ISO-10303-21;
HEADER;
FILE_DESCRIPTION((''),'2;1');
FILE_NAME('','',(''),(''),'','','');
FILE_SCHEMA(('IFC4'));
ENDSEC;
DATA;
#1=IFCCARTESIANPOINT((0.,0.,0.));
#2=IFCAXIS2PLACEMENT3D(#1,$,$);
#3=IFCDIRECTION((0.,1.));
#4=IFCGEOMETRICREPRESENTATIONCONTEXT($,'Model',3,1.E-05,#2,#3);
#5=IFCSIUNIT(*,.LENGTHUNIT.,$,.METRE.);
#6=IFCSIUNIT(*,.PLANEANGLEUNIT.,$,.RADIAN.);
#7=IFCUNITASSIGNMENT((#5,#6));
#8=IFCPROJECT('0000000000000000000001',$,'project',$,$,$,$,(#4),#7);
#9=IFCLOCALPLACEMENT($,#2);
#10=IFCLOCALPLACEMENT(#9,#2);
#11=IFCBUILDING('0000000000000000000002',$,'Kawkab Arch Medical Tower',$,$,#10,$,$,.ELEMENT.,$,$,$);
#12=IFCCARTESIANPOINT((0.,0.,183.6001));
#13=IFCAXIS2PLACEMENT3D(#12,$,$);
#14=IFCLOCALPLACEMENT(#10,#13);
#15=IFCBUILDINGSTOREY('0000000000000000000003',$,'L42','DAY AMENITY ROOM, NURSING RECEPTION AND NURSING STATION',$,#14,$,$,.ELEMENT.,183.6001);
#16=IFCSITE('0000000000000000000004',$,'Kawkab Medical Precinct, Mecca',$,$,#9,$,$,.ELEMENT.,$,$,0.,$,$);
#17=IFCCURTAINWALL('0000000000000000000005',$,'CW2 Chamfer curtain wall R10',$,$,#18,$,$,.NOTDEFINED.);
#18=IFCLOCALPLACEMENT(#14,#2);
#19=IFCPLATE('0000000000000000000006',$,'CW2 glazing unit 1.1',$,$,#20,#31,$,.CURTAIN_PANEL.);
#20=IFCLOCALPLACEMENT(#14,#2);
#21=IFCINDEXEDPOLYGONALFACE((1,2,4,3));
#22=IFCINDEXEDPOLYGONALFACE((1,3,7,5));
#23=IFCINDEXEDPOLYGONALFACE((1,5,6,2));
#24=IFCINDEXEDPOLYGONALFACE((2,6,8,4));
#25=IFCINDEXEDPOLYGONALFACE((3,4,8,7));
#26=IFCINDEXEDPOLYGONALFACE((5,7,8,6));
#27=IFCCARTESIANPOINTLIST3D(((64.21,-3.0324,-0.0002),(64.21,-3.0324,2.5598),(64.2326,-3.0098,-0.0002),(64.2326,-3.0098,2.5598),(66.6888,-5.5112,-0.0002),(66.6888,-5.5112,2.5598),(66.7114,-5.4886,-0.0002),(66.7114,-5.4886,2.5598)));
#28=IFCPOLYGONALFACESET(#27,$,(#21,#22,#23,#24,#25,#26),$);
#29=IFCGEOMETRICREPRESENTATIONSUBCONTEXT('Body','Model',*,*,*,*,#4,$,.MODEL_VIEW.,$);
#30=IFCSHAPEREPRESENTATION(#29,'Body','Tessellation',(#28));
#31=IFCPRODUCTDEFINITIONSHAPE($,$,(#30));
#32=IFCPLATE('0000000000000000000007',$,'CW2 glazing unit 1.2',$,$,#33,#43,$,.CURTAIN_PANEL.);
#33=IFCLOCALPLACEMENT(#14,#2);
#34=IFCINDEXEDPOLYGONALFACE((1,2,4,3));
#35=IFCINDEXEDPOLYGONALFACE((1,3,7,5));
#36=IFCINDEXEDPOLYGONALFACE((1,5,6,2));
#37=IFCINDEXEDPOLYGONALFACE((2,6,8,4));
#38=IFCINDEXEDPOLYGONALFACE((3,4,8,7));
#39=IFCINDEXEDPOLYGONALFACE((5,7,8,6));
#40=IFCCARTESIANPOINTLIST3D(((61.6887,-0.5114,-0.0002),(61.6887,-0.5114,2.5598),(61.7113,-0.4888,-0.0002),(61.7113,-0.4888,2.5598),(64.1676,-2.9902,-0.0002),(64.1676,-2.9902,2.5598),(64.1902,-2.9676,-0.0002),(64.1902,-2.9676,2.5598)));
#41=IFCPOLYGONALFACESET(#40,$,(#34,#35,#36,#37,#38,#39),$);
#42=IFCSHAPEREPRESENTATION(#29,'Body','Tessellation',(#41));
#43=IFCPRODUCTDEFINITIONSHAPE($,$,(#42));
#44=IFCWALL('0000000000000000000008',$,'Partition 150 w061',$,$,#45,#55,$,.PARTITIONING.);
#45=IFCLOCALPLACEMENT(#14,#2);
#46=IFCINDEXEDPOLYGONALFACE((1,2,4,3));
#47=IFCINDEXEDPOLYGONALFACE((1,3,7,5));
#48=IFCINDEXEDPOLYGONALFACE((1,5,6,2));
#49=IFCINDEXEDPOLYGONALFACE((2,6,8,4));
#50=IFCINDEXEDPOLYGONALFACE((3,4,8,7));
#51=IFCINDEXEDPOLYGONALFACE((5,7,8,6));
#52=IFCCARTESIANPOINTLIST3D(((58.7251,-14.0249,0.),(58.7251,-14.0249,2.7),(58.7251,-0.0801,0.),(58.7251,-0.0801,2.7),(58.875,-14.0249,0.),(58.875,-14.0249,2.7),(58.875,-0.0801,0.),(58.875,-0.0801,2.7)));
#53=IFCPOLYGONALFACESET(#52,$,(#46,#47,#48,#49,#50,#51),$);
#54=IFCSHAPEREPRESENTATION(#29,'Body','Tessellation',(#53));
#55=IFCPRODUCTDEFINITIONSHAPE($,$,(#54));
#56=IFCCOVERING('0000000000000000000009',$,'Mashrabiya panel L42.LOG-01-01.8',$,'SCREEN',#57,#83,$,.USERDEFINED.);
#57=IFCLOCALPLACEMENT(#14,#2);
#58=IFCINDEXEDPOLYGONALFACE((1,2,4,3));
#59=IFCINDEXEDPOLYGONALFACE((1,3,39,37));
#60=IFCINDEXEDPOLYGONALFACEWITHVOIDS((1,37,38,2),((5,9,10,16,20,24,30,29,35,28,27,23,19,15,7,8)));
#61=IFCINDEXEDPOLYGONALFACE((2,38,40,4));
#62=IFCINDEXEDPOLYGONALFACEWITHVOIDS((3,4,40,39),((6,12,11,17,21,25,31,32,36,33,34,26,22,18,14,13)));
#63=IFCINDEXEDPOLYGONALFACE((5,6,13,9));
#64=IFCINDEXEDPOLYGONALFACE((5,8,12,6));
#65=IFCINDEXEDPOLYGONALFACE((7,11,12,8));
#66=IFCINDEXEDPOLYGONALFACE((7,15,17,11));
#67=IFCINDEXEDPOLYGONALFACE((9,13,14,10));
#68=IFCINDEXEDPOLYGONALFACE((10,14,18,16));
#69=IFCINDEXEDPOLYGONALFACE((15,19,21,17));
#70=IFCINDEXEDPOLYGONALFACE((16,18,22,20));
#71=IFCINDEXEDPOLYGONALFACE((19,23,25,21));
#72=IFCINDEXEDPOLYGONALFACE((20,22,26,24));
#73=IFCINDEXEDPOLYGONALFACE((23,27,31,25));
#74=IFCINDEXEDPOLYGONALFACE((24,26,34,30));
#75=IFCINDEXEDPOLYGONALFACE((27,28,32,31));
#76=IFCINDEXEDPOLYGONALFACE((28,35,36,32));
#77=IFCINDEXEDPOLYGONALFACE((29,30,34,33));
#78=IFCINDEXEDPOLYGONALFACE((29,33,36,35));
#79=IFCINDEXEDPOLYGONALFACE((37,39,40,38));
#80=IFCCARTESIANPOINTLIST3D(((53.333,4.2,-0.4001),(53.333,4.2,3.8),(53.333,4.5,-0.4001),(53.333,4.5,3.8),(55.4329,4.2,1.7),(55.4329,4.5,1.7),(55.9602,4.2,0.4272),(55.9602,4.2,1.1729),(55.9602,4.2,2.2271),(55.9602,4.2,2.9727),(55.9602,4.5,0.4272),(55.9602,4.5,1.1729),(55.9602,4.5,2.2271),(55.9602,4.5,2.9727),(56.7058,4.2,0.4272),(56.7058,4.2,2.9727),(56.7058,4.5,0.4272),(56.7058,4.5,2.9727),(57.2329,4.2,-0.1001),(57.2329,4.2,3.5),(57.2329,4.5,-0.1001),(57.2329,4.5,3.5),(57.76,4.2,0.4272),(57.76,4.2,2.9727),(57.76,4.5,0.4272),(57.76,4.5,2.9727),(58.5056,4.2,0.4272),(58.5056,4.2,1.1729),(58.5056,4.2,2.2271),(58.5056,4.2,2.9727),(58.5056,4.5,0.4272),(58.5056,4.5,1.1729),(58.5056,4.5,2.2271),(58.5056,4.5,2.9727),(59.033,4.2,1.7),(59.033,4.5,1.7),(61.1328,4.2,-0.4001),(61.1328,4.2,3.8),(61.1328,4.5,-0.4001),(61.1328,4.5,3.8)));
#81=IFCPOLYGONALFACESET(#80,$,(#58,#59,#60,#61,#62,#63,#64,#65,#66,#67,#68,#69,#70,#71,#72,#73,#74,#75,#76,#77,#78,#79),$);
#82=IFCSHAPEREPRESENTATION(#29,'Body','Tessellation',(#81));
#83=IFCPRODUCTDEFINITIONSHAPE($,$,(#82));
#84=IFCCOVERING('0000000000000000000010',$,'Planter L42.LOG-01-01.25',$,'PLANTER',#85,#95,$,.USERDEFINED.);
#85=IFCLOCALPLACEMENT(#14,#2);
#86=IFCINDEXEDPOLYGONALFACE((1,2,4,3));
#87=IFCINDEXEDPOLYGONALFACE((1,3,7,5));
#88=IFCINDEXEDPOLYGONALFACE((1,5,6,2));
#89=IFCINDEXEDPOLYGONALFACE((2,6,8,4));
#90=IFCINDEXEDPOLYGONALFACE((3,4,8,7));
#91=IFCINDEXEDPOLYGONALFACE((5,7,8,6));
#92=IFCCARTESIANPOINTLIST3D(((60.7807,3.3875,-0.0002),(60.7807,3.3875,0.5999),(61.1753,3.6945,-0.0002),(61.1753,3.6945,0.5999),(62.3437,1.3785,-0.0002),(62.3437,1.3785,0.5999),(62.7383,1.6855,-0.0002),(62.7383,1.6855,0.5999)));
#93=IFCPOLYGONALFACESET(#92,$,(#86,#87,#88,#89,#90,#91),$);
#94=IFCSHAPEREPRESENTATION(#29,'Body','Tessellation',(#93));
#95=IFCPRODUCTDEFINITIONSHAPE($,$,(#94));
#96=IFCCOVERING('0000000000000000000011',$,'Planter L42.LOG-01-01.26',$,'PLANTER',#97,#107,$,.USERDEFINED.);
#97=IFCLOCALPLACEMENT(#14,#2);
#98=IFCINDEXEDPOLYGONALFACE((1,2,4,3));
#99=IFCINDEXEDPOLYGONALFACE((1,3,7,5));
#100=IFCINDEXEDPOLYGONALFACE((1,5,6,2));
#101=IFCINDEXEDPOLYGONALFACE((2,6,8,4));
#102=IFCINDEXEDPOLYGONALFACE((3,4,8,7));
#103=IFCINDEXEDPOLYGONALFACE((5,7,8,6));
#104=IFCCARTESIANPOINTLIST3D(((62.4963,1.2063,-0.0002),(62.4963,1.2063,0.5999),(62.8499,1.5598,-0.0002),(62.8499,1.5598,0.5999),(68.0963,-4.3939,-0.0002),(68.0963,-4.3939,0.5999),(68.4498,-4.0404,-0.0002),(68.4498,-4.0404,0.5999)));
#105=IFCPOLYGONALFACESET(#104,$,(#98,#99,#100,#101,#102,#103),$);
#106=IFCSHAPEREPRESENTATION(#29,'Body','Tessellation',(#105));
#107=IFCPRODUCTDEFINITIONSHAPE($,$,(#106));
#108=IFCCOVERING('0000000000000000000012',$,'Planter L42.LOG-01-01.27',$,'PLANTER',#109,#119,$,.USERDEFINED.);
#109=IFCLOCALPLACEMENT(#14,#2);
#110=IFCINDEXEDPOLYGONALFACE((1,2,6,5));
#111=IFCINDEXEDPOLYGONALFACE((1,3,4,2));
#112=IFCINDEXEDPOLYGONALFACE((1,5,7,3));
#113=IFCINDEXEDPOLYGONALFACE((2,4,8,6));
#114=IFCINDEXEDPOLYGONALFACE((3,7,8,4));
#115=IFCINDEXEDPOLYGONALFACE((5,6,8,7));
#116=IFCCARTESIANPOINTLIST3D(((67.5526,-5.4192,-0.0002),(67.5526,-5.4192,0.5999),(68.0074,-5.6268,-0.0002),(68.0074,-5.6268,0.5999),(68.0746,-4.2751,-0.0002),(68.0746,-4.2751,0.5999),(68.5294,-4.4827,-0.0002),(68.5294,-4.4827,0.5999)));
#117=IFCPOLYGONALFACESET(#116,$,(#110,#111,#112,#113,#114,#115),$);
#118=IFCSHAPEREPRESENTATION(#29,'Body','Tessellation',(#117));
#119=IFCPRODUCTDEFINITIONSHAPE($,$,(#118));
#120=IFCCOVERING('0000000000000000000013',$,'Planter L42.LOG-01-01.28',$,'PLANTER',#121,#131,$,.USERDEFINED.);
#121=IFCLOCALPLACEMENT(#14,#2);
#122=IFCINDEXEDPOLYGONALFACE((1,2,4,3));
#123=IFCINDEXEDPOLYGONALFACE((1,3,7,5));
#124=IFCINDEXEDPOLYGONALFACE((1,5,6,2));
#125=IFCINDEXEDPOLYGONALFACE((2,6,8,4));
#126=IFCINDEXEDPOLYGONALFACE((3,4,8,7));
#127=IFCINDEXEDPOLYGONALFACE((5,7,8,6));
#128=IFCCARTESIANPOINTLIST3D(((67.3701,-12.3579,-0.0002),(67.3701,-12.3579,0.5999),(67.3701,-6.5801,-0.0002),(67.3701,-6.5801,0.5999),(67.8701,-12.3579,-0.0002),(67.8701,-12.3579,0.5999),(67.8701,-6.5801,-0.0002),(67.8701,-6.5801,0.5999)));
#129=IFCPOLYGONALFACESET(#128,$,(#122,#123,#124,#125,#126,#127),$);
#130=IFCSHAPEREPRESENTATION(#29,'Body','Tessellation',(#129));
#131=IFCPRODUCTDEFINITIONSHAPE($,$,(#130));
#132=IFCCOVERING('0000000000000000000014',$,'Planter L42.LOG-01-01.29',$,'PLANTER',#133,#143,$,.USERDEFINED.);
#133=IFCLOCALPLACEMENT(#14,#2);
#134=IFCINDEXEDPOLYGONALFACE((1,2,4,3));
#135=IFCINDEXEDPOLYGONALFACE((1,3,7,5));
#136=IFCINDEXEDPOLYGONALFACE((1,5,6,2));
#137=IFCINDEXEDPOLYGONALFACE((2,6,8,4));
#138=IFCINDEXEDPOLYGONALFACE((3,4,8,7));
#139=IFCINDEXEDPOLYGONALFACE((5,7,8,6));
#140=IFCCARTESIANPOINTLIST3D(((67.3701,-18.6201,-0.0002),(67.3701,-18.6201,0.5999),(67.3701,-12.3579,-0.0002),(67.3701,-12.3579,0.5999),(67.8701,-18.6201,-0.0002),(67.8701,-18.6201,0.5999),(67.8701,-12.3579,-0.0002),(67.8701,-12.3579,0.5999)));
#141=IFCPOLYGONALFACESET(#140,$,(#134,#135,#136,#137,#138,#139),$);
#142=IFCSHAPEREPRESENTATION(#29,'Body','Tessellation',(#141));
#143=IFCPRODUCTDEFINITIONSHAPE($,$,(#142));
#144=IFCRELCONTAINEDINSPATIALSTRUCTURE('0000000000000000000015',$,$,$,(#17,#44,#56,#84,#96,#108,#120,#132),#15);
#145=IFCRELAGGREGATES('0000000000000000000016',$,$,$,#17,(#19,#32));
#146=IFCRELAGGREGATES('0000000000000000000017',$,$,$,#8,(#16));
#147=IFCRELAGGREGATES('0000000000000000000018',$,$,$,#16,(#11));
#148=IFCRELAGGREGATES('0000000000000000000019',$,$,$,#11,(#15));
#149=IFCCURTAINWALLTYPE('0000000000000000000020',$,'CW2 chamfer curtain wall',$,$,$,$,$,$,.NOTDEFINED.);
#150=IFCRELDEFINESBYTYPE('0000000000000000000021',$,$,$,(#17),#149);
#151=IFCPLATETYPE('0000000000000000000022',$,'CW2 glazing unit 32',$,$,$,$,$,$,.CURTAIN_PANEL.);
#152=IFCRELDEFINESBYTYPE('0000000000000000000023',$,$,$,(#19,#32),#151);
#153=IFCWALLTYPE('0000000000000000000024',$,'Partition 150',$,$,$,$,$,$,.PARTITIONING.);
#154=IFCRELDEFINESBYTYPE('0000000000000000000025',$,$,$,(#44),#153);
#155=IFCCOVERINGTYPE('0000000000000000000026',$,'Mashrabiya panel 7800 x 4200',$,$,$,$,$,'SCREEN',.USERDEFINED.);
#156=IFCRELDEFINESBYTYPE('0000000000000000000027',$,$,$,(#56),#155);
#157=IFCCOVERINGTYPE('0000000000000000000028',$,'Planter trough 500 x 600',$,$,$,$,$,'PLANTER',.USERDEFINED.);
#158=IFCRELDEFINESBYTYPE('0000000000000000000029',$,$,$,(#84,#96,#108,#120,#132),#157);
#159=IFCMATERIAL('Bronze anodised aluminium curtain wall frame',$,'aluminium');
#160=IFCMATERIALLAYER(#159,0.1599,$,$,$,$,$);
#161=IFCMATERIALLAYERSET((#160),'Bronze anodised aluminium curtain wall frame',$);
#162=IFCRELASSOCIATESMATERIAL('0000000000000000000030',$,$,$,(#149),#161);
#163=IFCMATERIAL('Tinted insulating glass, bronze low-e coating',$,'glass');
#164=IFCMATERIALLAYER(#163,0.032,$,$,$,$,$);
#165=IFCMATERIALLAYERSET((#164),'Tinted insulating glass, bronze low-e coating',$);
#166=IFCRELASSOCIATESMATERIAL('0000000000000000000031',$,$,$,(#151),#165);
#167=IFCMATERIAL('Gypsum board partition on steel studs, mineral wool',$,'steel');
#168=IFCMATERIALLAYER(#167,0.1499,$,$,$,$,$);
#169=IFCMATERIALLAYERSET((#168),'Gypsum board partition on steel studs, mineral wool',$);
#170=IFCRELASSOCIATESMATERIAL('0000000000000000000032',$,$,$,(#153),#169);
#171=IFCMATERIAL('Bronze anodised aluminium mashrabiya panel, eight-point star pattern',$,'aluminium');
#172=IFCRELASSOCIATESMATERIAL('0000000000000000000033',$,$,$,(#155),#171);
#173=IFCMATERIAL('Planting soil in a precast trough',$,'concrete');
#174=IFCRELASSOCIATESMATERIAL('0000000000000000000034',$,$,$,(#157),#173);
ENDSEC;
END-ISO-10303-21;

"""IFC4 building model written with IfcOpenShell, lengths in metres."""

from ifc_helpers import new_model, si_unit, direction, frame, frame_2d, origin, origin_2d, place, context, subcontext, project, spatial, polyline, rectangle, outline, extrude, material, layer, layer_set, material_profile, profile_set, type_object, element, aggregate, save


model = new_model("IFC4")

# Units and contexts
model_context = context("Model", 3, precision=1e-05, world=origin(), true_north=direction((0.0, 1.0)))
body_context = subcontext(model_context, "Body", "Model", "MODEL_VIEW")
ifc_project = project(units=[si_unit("LENGTHUNIT", "METRE"), si_unit("PLANEANGLEUNIT", "RADIAN")], contexts=[model_context])

# Site, building, storey
site_placement = place(None, origin())
site = spatial("IfcSite", under=ifc_project, at=site_placement, Name="Kawkab Medical Precinct, Mecca", CompositionType="ELEMENT", RefElevation=0.0)
building_placement = place(site_placement, origin())
building = spatial("IfcBuilding", under=site, at=building_placement, Name="Kawkab Arch Medical Tower", CompositionType="ELEMENT")
storey_placement = place(building_placement, frame((0.0, 0.0, 183.6001)))
storey = spatial("IfcBuildingStorey", under=building, at=storey_placement, Name="L42", Description="DAY AMENITY ROOM, NURSING RECEPTION AND NURSING STATION", CompositionType="ELEMENT", Elevation=183.6001)

# Shared definitions
placement = place(storey_placement, origin())

# Curtain wall
ifc_material_1 = material(Name="Bronze anodised aluminium curtain wall frame", Category="aluminium")
ifc_layer_1 = layer(ifc_material_1, 0.1599)
ifc_layer_set_1 = layer_set([ifc_layer_1], Name="Bronze anodised aluminium curtain wall frame")
curtain_wall_type_1 = type_object("IfcCurtainWallType", Name="CW2 chamfer curtain wall", PredefinedType="NOTDEFINED", material=ifc_layer_set_1)
curtain_wall_1 = element("IfcCurtainWall", 1, at=placement, inside=storey, type_object=curtain_wall_type_1, Name="CW2 Chamfer curtain wall R10", PredefinedType="NOTDEFINED")

# Plates
ifc_material_2 = material(Name="Tinted insulating glass, bronze low-e coating", Category="glass")
ifc_layer_2 = layer(ifc_material_2, 0.032)
ifc_layer_set_2 = layer_set([ifc_layer_2], Name="Tinted insulating glass, bronze low-e coating")
plate_type_1 = type_object("IfcPlateType", Name="CW2 glazing unit 32", PredefinedType="CURTAIN_PANEL", material=ifc_layer_set_2)
plate_1_placement = place(storey_placement, frame((65.4607, -4.2605, -0.0002), z_axis=(0.0, 0.0, 1.0), x_axis=(-0.707107, 0.707107, 0.0)))
plate_1 = element("IfcPlate", 2, at=plate_1_placement, type_object=plate_type_1, Name="CW2 glazing unit 1.1", PredefinedType="CURTAIN_PANEL", context=body_context, shape_type="SweptSolid", body=[
    extrude(rectangle(XDim=3.5056, YDim=0.032, at=origin_2d()), origin(), (0.0, 0.0, 1.0), 2.5601),
])
plate_2_placement = place(storey_placement, frame((62.9395, -1.7395, -0.0002), z_axis=(0.0, 0.0, 1.0), x_axis=(-0.707107, 0.707107, 0.0)))
plate_2 = element("IfcPlate", 3, at=plate_2_placement, type_object=plate_type_1, Name="CW2 glazing unit 1.2", PredefinedType="CURTAIN_PANEL", context=body_context, shape_type="SweptSolid", body=[
    extrude(rectangle(XDim=3.5056, YDim=0.032, at=origin_2d()), origin(), (0.0, 0.0, 1.0), 2.5601),
])
aggregate(curtain_wall_1, [plate_1, plate_2])

# Wall
ifc_material_3 = material(Name="Gypsum board partition on steel studs, mineral wool", Category="steel")
ifc_layer_3 = layer(ifc_material_3, 0.1499)
ifc_layer_set_3 = layer_set([ifc_layer_3], Name="Gypsum board partition on steel studs, mineral wool")
wall_type = type_object("IfcWallType", Name="Partition 150", PredefinedType="PARTITIONING", material=ifc_layer_set_3)
wall_placement = place(storey_placement, frame((58.8, -14.0249, 0.0), z_axis=(0.0, 0.0, 1.0), x_axis=(0.0, 1.0, 0.0)))
element("IfcWall", 4, at=wall_placement, inside=storey, type_object=wall_type, Name="Partition 150 w061", PredefinedType="PARTITIONING", context=body_context, shape_type="SweptSolid", body=[
    extrude(rectangle(XDim=13.9448, YDim=0.1499, at=frame_2d((6.9724, 0.0))), origin(), (0.0, 0.0, 1.0), 2.7),
])

# Coverings
ifc_material_4 = material(Name="Bronze anodised aluminium mashrabiya panel, eight-point star pattern", Category="aluminium")
ifc_material_profile_1 = material_profile(ifc_material_4, outline(polyline([(-3.8999, -2.1001), (3.8999, -2.1001), (3.8999, 2.1001), (-3.8999, 2.1001), (-3.8999, -2.1001)]), holes=[polyline([(1.8, 0.0), (1.2727, 0.5271), (1.2727, 1.2727), (0.5271, 1.2727), (0.0, 1.8), (-0.5271, 1.2727), (-1.2727, 1.2727), (-1.2727, 0.5271), (-1.8, 0.0), (-1.2727, -0.5271), (-1.2727, -1.2727), (-0.5271, -1.2727), (0.0, -1.8), (0.5271, -1.2727), (1.2727, -1.2727), (1.2727, -0.5271), (1.8, 0.0)])]), Name="Mashrabiya panel 7800x4200")
ifc_profile_set_1 = profile_set([ifc_material_profile_1], Name="Bronze anodised aluminium mashrabiya panel, eight-point star pattern")
covering_type_1 = type_object("IfcCoveringType", Name="Mashrabiya panel 7800 x 4200", ElementType="SCREEN", PredefinedType="USERDEFINED", material=ifc_profile_set_1)
covering_1_placement = place(storey_placement, frame((57.2329, 4.2, 1.7), z_axis=(0.0, 1.0, 0.0), x_axis=(-1.0, 0.0, 0.0)))
element("IfcCovering", 5, at=covering_1_placement, inside=storey, type_object=covering_type_1, Name="Mashrabiya panel L42.LOG-01-01.8", ObjectType="SCREEN", PredefinedType="USERDEFINED", context=body_context, shape_type="SweptSolid", body=[
    extrude(outline(polyline([(-3.8999, -2.1001), (3.8999, -2.1001), (3.8999, 2.1001), (-3.8999, 2.1001), (-3.8999, -2.1001)]), holes=[polyline([(1.8, 0.0), (1.2727, 0.5271), (1.2727, 1.2727), (0.5271, 1.2727), (0.0, 1.8), (-0.5271, 1.2727), (-1.2727, 1.2727), (-1.2727, 0.5271), (-1.8, 0.0), (-1.2727, -0.5271), (-1.2727, -1.2727), (-0.5271, -1.2727), (0.0, -1.8), (0.5271, -1.2727), (1.2727, -1.2727), (1.2727, -0.5271), (1.8, 0.0)])]), origin(), (0.0, 0.0, 1.0), 0.3),
])
ifc_material_5 = material(Name="Planting soil in a precast trough", Category="concrete")
ifc_material_profile_2 = material_profile(ifc_material_5, rectangle(XDim=0.5, YDim=0.6001, at=origin_2d()), Name="Trough 500x600")
ifc_profile_set_2 = profile_set([ifc_material_profile_2], Name="Planting soil in a precast trough")
covering_type_2 = type_object("IfcCoveringType", Name="Planter trough 500 x 600", ElementType="PLANTER", PredefinedType="USERDEFINED", material=ifc_profile_set_2)
covering_2_placement = place(storey_placement, frame((60.978, 3.541, 0.2998), z_axis=(0.61404, -0.789275, 0.0), x_axis=(0.789275, 0.61404, 0.0)))
element("IfcCovering", 6, at=covering_2_placement, inside=storey, type_object=covering_type_2, Name="Planter L42.LOG-01-01.25", ObjectType="PLANTER", PredefinedType="USERDEFINED", context=body_context, shape_type="SweptSolid", body=[
    extrude(rectangle(XDim=0.5, YDim=0.6001, at=origin_2d()), origin(), (0.0, 0.0, 1.0), 2.5454),
])
covering_3_placement = place(storey_placement, frame((62.6731, 1.3831, 0.2998), z_axis=(0.707091, -0.707122, 0.0), x_axis=(0.707122, 0.707091, 0.0)))
element("IfcCovering", 7, at=covering_3_placement, inside=storey, type_object=covering_type_2, Name="Planter L42.LOG-01-01.26", ObjectType="PLANTER", PredefinedType="USERDEFINED", context=body_context, shape_type="SweptSolid", body=[
    extrude(rectangle(XDim=0.5, YDim=0.6001, at=origin_2d()), origin(), (0.0, 0.0, 1.0), 7.9197),
])
covering_4_placement = place(storey_placement, frame((68.302, -4.3789, 0.2998), z_axis=(-0.41509, -0.90978, 0.0), x_axis=(0.90978, -0.41509, 0.0)))
element("IfcCovering", 8, at=covering_4_placement, inside=storey, type_object=covering_type_2, Name="Planter L42.LOG-01-01.27", ObjectType="PLANTER", PredefinedType="USERDEFINED", context=body_context, shape_type="SweptSolid", body=[
    extrude(rectangle(XDim=0.5, YDim=0.6001, at=origin_2d()), origin(), (0.0, 0.0, 1.0), 1.2576),
])
covering_5_placement = place(storey_placement, frame((67.6201, -6.5801, 0.2998), z_axis=(0.0, -1.0, 0.0), x_axis=(1.0, 0.0, 0.0)))
element("IfcCovering", 9, at=covering_5_placement, inside=storey, type_object=covering_type_2, Name="Planter L42.LOG-01-01.28", ObjectType="PLANTER", PredefinedType="USERDEFINED", context=body_context, shape_type="SweptSolid", body=[
    extrude(rectangle(XDim=0.5, YDim=0.6001, at=origin_2d()), origin(), (0.0, 0.0, 1.0), 5.7778),
])
covering_6_placement = place(storey_placement, frame((67.6201, -12.3579, 0.2998), z_axis=(0.0, -1.0, 0.0), x_axis=(1.0, 0.0, 0.0)))
element("IfcCovering", 10, at=covering_6_placement, inside=storey, type_object=covering_type_2, Name="Planter L42.LOG-01-01.29", ObjectType="PLANTER", PredefinedType="USERDEFINED", context=body_context, shape_type="SweptSolid", body=[
    extrude(rectangle(XDim=0.5, YDim=0.6001, at=origin_2d()), origin(), (0.0, 0.0, 1.0), 6.2622),
])

save(model, "model.ifc")
